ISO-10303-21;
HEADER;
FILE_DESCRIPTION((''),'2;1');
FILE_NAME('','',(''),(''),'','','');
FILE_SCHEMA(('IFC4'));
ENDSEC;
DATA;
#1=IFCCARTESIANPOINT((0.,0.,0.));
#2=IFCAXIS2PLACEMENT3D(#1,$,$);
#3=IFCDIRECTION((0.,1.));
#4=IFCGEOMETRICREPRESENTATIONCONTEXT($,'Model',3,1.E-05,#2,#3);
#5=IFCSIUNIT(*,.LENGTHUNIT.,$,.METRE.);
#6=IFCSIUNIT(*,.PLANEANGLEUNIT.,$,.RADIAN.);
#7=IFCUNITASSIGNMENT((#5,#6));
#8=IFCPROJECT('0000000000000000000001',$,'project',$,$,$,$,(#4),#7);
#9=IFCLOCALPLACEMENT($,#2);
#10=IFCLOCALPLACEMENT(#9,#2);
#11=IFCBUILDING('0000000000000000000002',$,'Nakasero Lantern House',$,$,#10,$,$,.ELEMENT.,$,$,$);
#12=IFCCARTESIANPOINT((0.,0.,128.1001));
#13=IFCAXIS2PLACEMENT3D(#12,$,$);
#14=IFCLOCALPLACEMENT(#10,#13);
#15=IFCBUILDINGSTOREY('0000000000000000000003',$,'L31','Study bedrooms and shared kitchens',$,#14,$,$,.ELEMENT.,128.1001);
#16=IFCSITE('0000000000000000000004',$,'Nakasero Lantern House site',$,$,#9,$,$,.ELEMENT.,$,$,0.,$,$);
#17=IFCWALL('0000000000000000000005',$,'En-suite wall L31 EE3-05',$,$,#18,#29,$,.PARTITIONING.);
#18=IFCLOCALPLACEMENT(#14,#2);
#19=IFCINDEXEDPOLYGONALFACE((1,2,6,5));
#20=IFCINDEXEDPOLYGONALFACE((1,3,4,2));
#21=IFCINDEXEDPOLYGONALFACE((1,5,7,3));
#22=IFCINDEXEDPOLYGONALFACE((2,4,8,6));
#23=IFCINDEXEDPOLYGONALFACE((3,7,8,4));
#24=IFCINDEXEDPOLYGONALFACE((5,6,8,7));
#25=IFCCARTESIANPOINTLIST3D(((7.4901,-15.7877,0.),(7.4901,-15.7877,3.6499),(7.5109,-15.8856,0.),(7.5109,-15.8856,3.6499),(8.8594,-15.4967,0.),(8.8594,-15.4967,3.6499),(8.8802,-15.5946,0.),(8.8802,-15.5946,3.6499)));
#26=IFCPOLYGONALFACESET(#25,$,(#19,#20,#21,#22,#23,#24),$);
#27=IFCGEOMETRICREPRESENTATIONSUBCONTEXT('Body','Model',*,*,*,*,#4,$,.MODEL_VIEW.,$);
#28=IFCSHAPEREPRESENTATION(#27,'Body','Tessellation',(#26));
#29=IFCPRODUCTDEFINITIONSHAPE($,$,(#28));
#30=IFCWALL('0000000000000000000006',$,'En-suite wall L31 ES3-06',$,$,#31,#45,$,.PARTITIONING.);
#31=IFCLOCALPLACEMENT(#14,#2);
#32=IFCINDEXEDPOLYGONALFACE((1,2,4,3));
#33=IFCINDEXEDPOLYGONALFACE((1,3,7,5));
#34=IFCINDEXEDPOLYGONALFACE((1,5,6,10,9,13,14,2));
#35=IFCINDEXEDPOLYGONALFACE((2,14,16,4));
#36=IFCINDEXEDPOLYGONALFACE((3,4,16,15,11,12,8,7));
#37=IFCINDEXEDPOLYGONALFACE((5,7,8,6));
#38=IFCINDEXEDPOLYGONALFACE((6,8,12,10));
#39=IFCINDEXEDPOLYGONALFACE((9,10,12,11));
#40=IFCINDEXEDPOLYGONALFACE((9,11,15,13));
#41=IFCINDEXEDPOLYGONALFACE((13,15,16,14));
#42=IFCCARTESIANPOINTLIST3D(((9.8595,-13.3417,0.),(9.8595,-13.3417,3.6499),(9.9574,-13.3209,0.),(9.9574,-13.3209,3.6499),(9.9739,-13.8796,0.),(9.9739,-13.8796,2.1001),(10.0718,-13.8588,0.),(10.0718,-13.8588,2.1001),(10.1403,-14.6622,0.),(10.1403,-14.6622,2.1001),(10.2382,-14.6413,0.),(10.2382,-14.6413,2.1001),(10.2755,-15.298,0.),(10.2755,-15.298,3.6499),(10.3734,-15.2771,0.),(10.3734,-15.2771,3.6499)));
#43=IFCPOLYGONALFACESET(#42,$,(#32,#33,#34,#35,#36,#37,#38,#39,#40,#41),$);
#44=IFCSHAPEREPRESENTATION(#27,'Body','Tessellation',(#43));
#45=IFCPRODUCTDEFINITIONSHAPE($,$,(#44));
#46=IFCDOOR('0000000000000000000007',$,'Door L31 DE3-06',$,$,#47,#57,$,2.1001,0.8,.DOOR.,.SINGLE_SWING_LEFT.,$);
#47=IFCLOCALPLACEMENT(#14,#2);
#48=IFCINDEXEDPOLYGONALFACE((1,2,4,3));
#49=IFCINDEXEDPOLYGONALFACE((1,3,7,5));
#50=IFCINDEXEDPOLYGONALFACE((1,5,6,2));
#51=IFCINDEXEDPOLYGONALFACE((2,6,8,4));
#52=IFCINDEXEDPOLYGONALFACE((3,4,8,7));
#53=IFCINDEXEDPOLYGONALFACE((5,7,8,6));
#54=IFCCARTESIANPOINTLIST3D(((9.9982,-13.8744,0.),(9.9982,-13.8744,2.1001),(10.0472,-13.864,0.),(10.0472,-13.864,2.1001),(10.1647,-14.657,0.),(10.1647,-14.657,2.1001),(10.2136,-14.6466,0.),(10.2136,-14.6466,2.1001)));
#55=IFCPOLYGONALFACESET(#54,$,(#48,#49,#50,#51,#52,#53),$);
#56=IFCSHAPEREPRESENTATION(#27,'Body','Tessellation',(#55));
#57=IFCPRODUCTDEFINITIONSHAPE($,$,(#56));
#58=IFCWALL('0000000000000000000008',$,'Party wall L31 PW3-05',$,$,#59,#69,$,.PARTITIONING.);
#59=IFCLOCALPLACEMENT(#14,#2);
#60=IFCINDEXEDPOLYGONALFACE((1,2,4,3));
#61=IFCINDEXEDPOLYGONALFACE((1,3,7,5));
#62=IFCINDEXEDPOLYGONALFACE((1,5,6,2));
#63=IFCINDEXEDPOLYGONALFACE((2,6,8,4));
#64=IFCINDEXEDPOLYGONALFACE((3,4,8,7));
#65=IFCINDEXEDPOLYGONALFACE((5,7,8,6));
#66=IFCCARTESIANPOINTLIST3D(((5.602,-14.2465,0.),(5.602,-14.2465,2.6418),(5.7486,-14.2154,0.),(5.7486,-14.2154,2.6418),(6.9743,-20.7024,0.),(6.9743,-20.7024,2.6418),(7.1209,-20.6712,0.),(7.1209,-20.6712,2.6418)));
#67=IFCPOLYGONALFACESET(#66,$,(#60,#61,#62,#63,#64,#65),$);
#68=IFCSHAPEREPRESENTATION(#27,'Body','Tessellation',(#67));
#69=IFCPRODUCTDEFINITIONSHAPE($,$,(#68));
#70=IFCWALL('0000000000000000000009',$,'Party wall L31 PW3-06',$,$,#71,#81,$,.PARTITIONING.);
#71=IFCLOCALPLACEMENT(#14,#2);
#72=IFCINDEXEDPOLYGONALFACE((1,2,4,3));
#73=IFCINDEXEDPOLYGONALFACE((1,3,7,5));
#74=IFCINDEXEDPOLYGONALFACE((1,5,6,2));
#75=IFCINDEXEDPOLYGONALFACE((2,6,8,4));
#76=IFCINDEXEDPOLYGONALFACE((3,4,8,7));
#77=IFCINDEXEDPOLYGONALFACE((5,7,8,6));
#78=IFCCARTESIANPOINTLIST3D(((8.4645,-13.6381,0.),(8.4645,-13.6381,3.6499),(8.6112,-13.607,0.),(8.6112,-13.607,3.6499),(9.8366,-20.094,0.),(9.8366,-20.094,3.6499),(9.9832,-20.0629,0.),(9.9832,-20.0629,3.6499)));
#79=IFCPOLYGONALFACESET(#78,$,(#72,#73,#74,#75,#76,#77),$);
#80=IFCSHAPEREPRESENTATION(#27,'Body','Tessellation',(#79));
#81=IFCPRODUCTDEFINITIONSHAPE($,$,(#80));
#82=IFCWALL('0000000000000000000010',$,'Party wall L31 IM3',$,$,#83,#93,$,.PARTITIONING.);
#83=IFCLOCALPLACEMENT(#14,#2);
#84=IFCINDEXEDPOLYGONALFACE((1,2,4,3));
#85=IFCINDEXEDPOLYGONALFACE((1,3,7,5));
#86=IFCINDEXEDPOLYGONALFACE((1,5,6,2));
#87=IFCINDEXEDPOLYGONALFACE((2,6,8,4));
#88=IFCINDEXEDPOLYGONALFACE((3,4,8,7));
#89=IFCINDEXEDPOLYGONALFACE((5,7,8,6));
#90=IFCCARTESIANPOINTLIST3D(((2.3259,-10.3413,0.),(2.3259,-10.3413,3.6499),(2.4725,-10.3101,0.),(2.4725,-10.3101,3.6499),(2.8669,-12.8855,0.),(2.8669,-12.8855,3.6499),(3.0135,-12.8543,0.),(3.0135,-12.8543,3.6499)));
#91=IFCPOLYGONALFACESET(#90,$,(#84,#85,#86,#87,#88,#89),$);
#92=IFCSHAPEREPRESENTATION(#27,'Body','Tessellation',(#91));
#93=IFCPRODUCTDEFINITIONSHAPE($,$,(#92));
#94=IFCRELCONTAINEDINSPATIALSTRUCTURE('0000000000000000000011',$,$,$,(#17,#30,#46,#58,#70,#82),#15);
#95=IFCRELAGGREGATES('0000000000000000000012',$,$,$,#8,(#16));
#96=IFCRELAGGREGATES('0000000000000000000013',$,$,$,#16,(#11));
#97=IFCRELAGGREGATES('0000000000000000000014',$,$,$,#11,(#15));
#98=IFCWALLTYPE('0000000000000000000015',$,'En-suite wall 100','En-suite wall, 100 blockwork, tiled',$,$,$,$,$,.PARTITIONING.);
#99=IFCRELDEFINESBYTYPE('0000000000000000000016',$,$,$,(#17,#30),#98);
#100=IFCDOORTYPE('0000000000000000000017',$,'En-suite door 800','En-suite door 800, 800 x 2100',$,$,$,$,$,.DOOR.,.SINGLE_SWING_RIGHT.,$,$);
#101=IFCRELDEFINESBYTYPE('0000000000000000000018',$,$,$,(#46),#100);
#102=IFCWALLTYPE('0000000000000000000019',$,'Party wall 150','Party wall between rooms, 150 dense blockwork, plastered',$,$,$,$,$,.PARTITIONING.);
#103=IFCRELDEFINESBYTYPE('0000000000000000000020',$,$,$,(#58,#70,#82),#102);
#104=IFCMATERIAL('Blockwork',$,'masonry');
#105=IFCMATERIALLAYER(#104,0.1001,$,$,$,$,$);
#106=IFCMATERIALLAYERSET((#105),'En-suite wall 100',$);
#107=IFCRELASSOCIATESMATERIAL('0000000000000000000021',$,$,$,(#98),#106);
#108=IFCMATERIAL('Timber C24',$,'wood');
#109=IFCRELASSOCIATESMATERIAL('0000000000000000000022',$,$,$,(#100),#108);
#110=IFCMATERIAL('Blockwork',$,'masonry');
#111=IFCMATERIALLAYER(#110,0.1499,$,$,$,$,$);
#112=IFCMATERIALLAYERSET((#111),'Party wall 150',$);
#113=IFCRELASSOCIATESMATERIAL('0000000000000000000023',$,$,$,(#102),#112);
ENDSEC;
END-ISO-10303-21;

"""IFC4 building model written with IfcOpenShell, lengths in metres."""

from ifc_helpers import new_model, si_unit, direction, frame, frame_2d, origin, place, context, subcontext, project, spatial, rectangle, extrude, material, layer, layer_set, type_object, element, fill, save


model = new_model("IFC4")

# Units and contexts
model_context = context("Model", 3, precision=1e-05, world=origin(), true_north=direction((0.0, 1.0)))
body_context = subcontext(model_context, "Body", "Model", "MODEL_VIEW")
ifc_project = project(units=[si_unit("LENGTHUNIT", "METRE"), si_unit("PLANEANGLEUNIT", "RADIAN")], contexts=[model_context])

# Site, building, storey
site_placement = place(None, origin())
site = spatial("IfcSite", under=ifc_project, at=site_placement, Name="Nakasero Lantern House site", CompositionType="ELEMENT", RefElevation=0.0)
building_placement = place(site_placement, origin())
building = spatial("IfcBuilding", under=site, at=building_placement, Name="Nakasero Lantern House", CompositionType="ELEMENT")
storey_placement = place(building_placement, frame((0.0, 0.0, 128.1001)))
storey = spatial("IfcBuildingStorey", under=building, at=storey_placement, Name="L31", Description="Study bedrooms and shared kitchens", CompositionType="ELEMENT", Elevation=128.1001)

# Shared definitions
ifc_material_1 = material(Name="Blockwork", Category="masonry")
ifc_layer_1 = layer(ifc_material_1, 0.1001)
ifc_layer_set_1 = layer_set([ifc_layer_1], Name="En-suite wall 100")
wall_type_1 = type_object("IfcWallType", Name="En-suite wall 100", Description="En-suite wall, 100 blockwork, tiled", PredefinedType="PARTITIONING", material=ifc_layer_set_1)
ifc_material_2 = material(Name="Timber C24", Category="wood")
door_type = type_object("IfcDoorType", Name="En-suite door 800", Description="En-suite door 800, 800 x 2100", OperationType="SINGLE_SWING_RIGHT", PredefinedType="DOOR", material=ifc_material_2)

# Wall
wall_1_placement = place(storey_placement, frame((7.5005, -15.8367, 0.0), z_axis=(0.0, 0.0, 1.0), x_axis=(0.978156, 0.207873, 0.0)))
element("IfcWall", 1, at=wall_1_placement, inside=storey, type_object=wall_type_1, Name="En-suite wall L31 EE3-05", PredefinedType="PARTITIONING", context=body_context, shape_type="SweptSolid", body=[
    extrude(rectangle(XDim=1.3999, YDim=0.1001, at=frame_2d((0.7, 0.0))), origin(), (0.0, 0.0, 1.0), 3.6499),
])

# Wall, opening, door
wall_2_placement = place(storey_placement, frame((9.9084, -13.3313, 0.0), z_axis=(0.0, 0.0, 1.0), x_axis=(0.208003, -0.978128, 0.0)))
wall_2 = element("IfcWall", 2, at=wall_2_placement, inside=storey, type_object=wall_type_1, Name="En-suite wall L31 ES3-06", PredefinedType="PARTITIONING", context=body_context, shape_type="SweptSolid", body=[
    extrude(rectangle(XDim=2.0, YDim=0.1001, at=frame_2d((1.0, 0.0))), origin(), (0.0, 0.0, 1.0), 3.6499),
])
opening_1_placement = place(wall_2_placement, frame((0.55, 0.0, 0.0)))
opening_1 = element("IfcOpeningElement", 3, at=opening_1_placement, cuts=wall_2, PredefinedType="OPENING", context=body_context, shape_type="SweptSolid", body=[
    extrude(rectangle(XDim=0.8, YDim=2.1001, at=frame_2d((0.3999, 1.05))), frame((0.0, 0.0701, 0.0), z_axis=(0.0, -1.0, 0.0), x_axis=(1.0, 0.0, 0.0)), (0.0, 0.0, 1.0), 0.1401),
])
door_1_placement = place(opening_1_placement, origin())
door_1 = element("IfcDoor", 4, at=door_1_placement, inside=storey, type_object=door_type, Name="Door L31 DE3-06", OperationType="SINGLE_SWING_LEFT", OverallHeight=2.1001, OverallWidth=0.8, PredefinedType="DOOR", context=body_context, shape_type="SweptSolid", body=[
    extrude(rectangle(XDim=0.8, YDim=2.1001, at=frame_2d((0.3999, 1.05))), frame((0.0, 0.0249, 0.0), z_axis=(0.0, -1.0, 0.0), x_axis=(1.0, 0.0, 0.0)), (0.0, 0.0, 1.0), 0.05),
])
fill(opening_1, door_1)

# Walls
ifc_material_3 = material(Name="Blockwork", Category="masonry")
ifc_layer_2 = layer(ifc_material_3, 0.1499)
ifc_layer_set_2 = layer_set([ifc_layer_2], Name="Party wall 150")
wall_type_2 = type_object("IfcWallType", Name="Party wall 150", Description="Party wall between rooms, 150 dense blockwork, plastered", PredefinedType="PARTITIONING", material=ifc_layer_set_2)
wall_3_placement = place(storey_placement, frame((5.6753, -14.231, 0.0), z_axis=(0.0, 0.0, 1.0), x_axis=(0.207925, -0.978145, 0.0)))
element("IfcWall", 5, at=wall_3_placement, inside=storey, type_object=wall_type_2, Name="Party wall L31 PW3-05", PredefinedType="PARTITIONING", context=body_context, shape_type="SweptSolid", body=[
    extrude(rectangle(XDim=6.6001, YDim=0.1499, at=frame_2d((3.3, 0.0))), origin(), (0.0, 0.0, 1.0), 2.6418),
])
wall_4_placement = place(storey_placement, frame((8.5378, -13.6226, 0.0), z_axis=(0.0, 0.0, 1.0), x_axis=(0.207889, -0.978152, 0.0)))
element("IfcWall", 6, at=wall_4_placement, inside=storey, type_object=wall_type_2, Name="Party wall L31 PW3-06", PredefinedType="PARTITIONING", context=body_context, shape_type="SweptSolid", body=[
    extrude(rectangle(XDim=6.6001, YDim=0.1499, at=frame_2d((3.3, 0.0))), origin(), (0.0, 0.0, 1.0), 3.6499),
])
wall_5_placement = place(storey_placement, frame((2.9402, -12.8699, 0.0), z_axis=(0.0, 0.0, 1.0), x_axis=(-0.207997, 0.978129, 0.0)))
element("IfcWall", 7, at=wall_5_placement, inside=storey, type_object=wall_type_2, Name="Party wall L31 IM3", PredefinedType="PARTITIONING", context=body_context, shape_type="SweptSolid", body=[
    extrude(rectangle(XDim=2.6011, YDim=0.1499, at=frame_2d((1.3005, 0.0))), origin(), (0.0, 0.0, 1.0), 3.6499),
])

save(model, "model.ifc")
